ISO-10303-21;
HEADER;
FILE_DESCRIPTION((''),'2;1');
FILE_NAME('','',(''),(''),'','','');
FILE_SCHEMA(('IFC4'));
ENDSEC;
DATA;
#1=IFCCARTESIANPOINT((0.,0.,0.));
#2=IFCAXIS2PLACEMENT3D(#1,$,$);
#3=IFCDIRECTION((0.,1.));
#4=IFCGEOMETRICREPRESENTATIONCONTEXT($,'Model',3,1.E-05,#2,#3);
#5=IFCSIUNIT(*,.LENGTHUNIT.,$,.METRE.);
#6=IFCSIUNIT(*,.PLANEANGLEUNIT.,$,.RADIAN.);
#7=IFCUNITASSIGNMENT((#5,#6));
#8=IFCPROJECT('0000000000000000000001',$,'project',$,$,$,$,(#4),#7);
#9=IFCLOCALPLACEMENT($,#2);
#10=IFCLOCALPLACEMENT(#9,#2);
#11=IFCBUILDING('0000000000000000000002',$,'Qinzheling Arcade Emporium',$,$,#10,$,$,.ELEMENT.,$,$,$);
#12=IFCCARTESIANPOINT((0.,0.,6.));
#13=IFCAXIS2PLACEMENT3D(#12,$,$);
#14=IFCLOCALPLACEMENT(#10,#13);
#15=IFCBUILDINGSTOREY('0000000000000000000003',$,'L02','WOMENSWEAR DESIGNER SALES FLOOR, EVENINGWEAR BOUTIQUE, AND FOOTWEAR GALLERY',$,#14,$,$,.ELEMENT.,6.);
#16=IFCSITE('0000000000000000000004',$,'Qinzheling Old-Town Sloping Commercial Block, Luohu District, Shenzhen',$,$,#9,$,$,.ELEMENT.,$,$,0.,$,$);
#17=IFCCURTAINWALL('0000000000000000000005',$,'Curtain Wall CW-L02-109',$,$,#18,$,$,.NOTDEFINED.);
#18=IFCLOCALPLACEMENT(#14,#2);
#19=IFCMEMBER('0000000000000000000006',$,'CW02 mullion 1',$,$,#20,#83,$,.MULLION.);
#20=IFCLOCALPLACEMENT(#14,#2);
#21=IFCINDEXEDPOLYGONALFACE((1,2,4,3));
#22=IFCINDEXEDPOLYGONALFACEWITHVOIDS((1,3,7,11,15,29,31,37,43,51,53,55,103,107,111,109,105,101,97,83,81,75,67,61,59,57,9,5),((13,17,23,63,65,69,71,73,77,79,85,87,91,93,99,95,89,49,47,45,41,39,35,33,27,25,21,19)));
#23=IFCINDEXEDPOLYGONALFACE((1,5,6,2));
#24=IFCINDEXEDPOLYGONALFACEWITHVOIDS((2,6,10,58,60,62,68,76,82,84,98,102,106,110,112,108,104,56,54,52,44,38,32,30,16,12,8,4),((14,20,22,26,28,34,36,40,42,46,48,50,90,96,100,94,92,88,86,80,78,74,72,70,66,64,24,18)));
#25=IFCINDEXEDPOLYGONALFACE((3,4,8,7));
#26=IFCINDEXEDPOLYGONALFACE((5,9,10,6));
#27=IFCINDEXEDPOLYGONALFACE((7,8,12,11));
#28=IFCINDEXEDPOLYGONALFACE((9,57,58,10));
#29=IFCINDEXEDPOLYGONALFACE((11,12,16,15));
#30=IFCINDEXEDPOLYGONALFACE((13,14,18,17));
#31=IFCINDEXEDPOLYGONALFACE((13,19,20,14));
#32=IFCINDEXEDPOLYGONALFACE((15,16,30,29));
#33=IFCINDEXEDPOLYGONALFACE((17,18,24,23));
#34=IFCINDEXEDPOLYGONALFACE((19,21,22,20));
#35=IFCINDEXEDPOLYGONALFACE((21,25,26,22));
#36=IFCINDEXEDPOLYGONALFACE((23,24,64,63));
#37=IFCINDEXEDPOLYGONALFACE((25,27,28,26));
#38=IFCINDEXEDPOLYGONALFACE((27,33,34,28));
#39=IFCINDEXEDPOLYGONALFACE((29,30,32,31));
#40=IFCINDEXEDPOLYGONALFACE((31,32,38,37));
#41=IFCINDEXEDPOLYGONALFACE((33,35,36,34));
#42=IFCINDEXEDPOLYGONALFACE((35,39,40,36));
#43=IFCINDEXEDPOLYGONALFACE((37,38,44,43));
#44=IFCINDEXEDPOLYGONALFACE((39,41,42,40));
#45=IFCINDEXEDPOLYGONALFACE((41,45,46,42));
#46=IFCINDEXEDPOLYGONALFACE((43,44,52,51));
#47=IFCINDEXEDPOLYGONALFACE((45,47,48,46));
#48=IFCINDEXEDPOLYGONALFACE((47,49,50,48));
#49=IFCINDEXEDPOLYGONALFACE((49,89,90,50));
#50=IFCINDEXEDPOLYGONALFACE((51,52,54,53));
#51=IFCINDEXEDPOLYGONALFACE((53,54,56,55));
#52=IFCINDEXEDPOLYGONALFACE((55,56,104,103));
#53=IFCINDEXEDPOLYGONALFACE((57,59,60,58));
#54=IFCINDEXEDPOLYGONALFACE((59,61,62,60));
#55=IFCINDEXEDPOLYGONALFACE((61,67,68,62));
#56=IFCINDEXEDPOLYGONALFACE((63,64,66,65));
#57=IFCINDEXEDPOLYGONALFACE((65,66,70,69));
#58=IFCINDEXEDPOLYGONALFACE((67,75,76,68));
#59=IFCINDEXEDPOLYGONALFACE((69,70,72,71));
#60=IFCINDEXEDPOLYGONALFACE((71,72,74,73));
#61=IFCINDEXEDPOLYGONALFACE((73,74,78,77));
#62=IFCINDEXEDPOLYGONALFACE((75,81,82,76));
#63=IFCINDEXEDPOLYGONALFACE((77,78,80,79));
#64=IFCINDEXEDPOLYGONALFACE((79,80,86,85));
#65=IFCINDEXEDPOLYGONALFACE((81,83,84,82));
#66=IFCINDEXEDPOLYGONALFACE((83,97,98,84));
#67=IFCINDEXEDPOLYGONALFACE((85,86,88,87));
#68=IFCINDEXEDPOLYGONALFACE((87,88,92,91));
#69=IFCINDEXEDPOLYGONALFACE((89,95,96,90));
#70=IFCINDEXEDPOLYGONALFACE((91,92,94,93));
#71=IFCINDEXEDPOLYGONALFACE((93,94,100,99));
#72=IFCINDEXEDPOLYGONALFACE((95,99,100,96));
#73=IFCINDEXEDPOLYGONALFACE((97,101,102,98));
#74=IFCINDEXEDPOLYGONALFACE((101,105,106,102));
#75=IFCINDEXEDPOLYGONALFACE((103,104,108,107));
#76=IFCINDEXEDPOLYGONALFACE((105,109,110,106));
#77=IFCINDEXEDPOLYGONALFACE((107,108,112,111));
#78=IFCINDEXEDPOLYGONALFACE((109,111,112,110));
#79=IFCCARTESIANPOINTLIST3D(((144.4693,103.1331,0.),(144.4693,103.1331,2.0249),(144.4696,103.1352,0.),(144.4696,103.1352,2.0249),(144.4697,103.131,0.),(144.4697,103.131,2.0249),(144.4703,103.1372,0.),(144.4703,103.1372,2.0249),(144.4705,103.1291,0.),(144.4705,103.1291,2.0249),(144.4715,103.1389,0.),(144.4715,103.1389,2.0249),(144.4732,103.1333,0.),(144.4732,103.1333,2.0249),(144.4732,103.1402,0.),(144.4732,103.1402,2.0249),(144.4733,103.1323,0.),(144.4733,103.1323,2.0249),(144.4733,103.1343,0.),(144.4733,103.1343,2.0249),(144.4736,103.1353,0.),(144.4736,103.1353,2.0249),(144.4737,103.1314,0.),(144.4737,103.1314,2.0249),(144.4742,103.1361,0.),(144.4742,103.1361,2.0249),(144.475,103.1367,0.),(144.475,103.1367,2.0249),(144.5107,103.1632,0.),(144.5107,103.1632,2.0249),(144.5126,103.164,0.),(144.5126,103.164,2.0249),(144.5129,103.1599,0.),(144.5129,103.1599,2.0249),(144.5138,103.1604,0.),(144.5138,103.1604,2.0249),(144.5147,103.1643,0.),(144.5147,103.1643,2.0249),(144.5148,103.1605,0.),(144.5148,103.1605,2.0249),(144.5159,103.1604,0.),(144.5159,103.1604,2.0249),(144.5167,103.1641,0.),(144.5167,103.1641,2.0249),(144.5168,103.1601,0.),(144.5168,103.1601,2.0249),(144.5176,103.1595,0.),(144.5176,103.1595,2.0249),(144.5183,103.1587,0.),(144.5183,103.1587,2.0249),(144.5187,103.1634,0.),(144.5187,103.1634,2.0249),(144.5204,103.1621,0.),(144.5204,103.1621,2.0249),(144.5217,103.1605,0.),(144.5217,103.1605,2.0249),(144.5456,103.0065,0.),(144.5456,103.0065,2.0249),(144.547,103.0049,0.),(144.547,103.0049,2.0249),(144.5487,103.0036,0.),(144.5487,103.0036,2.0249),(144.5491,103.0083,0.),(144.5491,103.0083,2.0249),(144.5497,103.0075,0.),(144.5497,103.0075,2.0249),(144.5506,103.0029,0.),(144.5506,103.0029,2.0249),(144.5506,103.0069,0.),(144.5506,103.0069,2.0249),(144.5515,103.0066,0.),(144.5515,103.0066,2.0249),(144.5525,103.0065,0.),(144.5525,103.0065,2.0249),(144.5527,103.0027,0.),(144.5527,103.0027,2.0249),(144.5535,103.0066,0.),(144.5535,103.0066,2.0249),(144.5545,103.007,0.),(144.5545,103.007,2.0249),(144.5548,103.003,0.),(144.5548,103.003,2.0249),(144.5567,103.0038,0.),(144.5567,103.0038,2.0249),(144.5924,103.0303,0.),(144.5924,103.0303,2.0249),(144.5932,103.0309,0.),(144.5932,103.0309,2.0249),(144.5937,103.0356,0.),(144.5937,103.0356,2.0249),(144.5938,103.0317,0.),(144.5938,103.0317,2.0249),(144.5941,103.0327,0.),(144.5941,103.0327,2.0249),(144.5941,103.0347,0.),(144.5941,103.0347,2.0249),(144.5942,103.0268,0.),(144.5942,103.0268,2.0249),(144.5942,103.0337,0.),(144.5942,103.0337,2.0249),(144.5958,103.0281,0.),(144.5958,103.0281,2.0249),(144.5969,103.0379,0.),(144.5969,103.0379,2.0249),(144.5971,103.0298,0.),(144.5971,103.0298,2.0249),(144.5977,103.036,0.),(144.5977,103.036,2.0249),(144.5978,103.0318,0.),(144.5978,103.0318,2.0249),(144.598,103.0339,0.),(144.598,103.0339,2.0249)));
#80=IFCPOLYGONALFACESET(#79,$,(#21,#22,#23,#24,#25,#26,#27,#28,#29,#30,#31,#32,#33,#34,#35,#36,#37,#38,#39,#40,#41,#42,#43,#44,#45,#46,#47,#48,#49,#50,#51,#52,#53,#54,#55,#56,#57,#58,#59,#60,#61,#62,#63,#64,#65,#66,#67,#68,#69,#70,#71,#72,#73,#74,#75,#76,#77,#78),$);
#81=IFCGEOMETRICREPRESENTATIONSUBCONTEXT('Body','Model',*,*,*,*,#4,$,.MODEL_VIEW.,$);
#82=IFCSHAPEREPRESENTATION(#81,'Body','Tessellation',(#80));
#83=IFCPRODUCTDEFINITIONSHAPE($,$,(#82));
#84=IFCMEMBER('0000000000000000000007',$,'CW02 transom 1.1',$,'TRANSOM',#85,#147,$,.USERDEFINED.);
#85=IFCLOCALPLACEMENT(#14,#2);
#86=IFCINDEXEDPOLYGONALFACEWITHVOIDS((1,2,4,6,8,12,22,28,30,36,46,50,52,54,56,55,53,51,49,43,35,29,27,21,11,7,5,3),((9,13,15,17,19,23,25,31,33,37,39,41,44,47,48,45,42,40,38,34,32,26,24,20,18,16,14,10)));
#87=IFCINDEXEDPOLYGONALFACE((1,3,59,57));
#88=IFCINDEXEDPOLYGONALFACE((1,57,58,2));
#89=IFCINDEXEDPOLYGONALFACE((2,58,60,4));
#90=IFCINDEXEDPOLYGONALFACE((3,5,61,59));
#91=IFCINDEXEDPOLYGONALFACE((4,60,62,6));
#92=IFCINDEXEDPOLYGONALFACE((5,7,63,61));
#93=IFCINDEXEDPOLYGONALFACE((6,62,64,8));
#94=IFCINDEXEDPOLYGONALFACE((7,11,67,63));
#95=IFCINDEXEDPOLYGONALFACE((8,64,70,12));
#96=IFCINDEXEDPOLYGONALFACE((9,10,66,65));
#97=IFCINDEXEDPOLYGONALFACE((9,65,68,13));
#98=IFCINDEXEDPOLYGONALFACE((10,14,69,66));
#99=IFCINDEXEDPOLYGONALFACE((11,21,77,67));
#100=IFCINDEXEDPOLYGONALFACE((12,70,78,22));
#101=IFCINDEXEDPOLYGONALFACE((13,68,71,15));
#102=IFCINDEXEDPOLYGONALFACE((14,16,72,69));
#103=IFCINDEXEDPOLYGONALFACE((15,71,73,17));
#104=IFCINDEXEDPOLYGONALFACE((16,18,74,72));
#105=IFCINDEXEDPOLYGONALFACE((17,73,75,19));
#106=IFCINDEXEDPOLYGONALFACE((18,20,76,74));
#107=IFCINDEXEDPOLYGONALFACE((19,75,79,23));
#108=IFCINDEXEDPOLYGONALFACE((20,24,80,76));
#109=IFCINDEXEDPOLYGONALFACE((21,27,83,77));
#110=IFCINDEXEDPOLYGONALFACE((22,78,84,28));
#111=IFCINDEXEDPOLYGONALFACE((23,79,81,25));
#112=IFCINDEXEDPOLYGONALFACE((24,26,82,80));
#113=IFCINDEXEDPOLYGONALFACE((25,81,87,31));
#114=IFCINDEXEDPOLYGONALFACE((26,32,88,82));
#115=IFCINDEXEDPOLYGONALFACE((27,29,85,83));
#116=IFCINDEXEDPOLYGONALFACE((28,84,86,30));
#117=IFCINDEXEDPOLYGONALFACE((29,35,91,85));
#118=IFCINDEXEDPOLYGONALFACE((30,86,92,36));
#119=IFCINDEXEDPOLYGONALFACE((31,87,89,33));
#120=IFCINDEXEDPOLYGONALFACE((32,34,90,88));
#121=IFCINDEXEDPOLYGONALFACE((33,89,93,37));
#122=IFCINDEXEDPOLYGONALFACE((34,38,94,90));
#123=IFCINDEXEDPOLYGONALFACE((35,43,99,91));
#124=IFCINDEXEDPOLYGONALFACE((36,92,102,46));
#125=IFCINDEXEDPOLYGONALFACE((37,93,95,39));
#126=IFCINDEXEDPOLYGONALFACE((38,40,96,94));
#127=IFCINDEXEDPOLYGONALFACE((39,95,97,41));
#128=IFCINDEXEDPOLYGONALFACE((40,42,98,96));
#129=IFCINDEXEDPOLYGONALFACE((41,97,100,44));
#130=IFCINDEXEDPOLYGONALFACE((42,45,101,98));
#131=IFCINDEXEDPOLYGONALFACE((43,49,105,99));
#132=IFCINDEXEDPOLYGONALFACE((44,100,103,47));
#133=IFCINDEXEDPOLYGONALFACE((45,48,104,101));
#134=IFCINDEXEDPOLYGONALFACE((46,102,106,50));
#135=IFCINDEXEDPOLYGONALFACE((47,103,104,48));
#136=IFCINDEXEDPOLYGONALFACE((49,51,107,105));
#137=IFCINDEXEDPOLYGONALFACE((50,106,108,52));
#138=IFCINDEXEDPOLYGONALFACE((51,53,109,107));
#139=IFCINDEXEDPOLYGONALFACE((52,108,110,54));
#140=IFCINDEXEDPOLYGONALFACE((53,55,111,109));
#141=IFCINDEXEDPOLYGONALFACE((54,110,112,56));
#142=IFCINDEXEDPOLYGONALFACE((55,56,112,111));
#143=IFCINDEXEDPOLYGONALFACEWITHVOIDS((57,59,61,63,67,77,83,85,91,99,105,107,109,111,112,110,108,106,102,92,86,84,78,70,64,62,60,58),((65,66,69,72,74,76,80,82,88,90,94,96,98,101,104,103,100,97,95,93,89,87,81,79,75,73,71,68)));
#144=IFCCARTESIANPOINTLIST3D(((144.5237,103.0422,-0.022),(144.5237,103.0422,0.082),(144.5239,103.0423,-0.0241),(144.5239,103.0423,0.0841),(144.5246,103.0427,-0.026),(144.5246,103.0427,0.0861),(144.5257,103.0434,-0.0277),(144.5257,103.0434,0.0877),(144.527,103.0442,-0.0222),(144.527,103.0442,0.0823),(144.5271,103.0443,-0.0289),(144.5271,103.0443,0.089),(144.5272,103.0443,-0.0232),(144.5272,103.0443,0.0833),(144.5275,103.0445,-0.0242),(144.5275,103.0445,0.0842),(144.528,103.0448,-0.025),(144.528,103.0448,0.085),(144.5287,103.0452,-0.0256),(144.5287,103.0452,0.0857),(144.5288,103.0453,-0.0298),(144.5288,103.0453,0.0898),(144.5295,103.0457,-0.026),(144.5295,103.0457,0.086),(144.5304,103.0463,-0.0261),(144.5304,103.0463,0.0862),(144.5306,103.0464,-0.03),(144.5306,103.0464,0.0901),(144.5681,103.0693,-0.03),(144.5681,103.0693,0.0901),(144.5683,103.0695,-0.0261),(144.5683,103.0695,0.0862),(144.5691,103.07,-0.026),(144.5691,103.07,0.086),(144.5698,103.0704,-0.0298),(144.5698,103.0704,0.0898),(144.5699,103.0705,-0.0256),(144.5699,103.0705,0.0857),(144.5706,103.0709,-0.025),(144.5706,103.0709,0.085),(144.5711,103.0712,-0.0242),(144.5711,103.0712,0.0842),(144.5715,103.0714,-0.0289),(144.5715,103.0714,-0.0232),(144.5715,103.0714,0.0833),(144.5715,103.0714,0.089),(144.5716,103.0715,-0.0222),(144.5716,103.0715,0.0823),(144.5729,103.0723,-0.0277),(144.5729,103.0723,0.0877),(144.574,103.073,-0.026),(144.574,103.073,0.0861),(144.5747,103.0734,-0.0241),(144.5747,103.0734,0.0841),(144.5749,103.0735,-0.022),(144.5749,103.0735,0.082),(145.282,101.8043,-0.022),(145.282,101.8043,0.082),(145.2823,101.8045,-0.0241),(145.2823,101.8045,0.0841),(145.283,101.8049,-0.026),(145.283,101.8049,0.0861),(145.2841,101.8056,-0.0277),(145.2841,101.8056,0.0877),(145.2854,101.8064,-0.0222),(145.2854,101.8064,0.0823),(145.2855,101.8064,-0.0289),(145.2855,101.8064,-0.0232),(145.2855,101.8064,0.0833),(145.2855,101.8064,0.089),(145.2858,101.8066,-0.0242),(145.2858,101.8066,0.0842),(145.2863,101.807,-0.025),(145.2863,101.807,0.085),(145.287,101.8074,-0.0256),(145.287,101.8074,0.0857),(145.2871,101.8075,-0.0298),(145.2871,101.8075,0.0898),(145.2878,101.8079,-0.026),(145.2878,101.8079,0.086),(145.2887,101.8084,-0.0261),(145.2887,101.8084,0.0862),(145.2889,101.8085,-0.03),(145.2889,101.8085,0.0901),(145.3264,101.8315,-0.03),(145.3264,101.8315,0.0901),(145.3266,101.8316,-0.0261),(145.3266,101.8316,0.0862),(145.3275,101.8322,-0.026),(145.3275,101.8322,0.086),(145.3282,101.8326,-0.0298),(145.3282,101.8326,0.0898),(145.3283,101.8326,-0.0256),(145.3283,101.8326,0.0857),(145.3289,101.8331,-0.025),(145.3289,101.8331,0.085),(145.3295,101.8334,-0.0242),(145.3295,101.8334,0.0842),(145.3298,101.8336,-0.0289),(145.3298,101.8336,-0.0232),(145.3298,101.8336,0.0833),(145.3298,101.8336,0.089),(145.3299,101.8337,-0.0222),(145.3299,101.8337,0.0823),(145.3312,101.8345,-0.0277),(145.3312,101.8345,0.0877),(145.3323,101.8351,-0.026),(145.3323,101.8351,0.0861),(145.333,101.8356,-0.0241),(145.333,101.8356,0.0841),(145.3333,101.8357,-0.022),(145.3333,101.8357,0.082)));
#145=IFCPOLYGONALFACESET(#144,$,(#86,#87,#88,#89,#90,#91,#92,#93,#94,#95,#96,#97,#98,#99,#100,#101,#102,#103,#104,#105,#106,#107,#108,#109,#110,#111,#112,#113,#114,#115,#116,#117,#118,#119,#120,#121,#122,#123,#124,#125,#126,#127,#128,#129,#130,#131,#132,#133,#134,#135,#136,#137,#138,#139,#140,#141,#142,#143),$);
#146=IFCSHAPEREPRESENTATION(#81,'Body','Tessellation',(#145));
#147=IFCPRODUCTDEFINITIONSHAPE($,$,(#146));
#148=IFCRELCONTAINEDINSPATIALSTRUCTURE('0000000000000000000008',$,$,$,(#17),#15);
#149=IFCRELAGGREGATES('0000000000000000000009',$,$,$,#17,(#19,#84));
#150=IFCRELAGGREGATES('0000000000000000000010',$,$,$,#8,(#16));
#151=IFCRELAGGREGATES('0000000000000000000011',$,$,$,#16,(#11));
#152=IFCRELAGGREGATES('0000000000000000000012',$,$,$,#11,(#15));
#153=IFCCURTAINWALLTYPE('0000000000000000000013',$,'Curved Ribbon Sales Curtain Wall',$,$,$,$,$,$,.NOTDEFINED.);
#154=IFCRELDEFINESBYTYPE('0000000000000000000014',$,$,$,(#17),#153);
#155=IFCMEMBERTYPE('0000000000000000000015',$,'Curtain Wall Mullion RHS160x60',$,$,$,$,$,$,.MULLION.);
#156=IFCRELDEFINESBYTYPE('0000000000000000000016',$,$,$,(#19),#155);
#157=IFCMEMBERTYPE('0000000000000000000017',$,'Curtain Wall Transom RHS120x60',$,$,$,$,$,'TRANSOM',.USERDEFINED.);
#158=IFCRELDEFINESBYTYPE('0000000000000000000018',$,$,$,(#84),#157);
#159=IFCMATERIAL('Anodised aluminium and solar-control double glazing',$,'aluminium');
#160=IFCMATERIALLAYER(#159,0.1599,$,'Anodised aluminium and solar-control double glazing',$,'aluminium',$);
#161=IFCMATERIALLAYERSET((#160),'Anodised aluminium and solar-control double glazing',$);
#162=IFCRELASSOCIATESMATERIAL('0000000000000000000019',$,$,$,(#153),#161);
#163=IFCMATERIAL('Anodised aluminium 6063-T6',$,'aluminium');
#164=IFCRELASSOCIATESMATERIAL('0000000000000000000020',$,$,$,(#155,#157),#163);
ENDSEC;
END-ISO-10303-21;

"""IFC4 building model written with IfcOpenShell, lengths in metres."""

from ifc_helpers import new_model, si_unit, direction, frame, origin, origin_2d, place, context, subcontext, project, spatial, hollow_rectangle, extrude, material, layer, layer_set, material_profile, profile_set, type_object, element, aggregate, save


model = new_model("IFC4")

# Units and contexts
model_context = context("Model", 3, precision=1e-05, world=origin(), true_north=direction((0.0, 1.0)))
body_context = subcontext(model_context, "Body", "Model", "MODEL_VIEW")
ifc_project = project(units=[si_unit("LENGTHUNIT", "METRE"), si_unit("PLANEANGLEUNIT", "RADIAN")], contexts=[model_context])

# Site, building, storey
site_placement = place(None, origin())
site = spatial("IfcSite", under=ifc_project, at=site_placement, Name="Qinzheling Old-Town Sloping Commercial Block, Luohu District, Shenzhen", CompositionType="ELEMENT", RefElevation=0.0)
building_placement = place(site_placement, origin())
building = spatial("IfcBuilding", under=site, at=building_placement, Name="Qinzheling Arcade Emporium", CompositionType="ELEMENT")
storey_placement = place(building_placement, frame((0.0, 0.0, 6.0)))
storey = spatial("IfcBuildingStorey", under=building, at=storey_placement, Name="L02", Description="WOMENSWEAR DESIGNER SALES FLOOR, EVENINGWEAR BOUTIQUE, AND FOOTWEAR GALLERY", CompositionType="ELEMENT", Elevation=6.0)

# Curtain wall, members
ifc_material_1 = material(Name="Anodised aluminium and solar-control double glazing", Category="aluminium")
ifc_layer_1 = layer(ifc_material_1, 0.1599, Name="Anodised aluminium and solar-control double glazing", Category="aluminium")
ifc_layer_set_1 = layer_set([ifc_layer_1], Name="Anodised aluminium and solar-control double glazing")
curtain_wall_type = type_object("IfcCurtainWallType", Name="Curved Ribbon Sales Curtain Wall", PredefinedType="NOTDEFINED", material=ifc_layer_set_1)
curtain_wall_placement = place(storey_placement, origin())
curtain_wall = element("IfcCurtainWall", 1, at=curtain_wall_placement, inside=storey, type_object=curtain_wall_type, Name="Curtain Wall CW-L02-109", PredefinedType="NOTDEFINED")
ifc_material_2 = material(Name="Anodised aluminium 6063-T6", Category="aluminium")
ifc_material_profile_1 = material_profile(ifc_material_2, hollow_rectangle(XDim=0.0601, YDim=0.1599, WallThickness=0.0039, InnerFilletRadius=0.0039, OuterFilletRadius=0.0081, at=origin_2d()), Name="RHS 160x60x4", Category="aluminium")
ifc_profile_set_1 = profile_set([ifc_material_profile_1], Name="Anodised aluminium 6063-T6")
member_type_1 = type_object("IfcMemberType", Name="Curtain Wall Mullion RHS160x60", PredefinedType="MULLION", material=ifc_profile_set_1)
member_1_placement = place(storey_placement, frame((144.5337, 103.0835, 0.0), z_axis=(0.0, 0.0, 1.0), x_axis=(0.852684, 0.522428, 0.0)))
member_1 = element("IfcMember", 2, at=member_1_placement, type_object=member_type_1, Name="CW02 mullion 1", PredefinedType="MULLION", context=body_context, shape_type="SweptSolid", body=[
    extrude(hollow_rectangle(XDim=0.0601, YDim=0.1599, WallThickness=0.0039, InnerFilletRadius=0.0039, OuterFilletRadius=0.0081, at=origin_2d()), origin(), (0.0, 0.0, 1.0), 2.0249),
])
ifc_material_profile_2 = material_profile(ifc_material_2, hollow_rectangle(XDim=0.0601, YDim=0.1201, WallThickness=0.0039, InnerFilletRadius=0.0039, OuterFilletRadius=0.0081, at=origin_2d()), Name="RHS 120x60x4", Category="aluminium")
ifc_profile_set_2 = profile_set([ifc_material_profile_2], Name="Anodised aluminium 6063-T6")
member_type_2 = type_object("IfcMemberType", Name="Curtain Wall Transom RHS120x60", ElementType="TRANSOM", PredefinedType="USERDEFINED", material=ifc_profile_set_2)
member_2_placement = place(storey_placement, frame((144.5493, 103.0579, 0.03), z_axis=(0.522389, -0.852708, 0.0), x_axis=(0.852708, 0.522389, 0.0)))
member_2 = element("IfcMember", 3, at=member_2_placement, type_object=member_type_2, Name="CW02 transom 1.1", ObjectType="TRANSOM", PredefinedType="USERDEFINED", context=body_context, shape_type="SweptSolid", body=[
    extrude(hollow_rectangle(XDim=0.0601, YDim=0.1201, WallThickness=0.0039, InnerFilletRadius=0.0039, OuterFilletRadius=0.0081, at=origin_2d()), origin(), (0.0, 0.0, 1.0), 1.4517),
])

aggregate(curtain_wall, [member_1, member_2])

save(model, "model.ifc")
